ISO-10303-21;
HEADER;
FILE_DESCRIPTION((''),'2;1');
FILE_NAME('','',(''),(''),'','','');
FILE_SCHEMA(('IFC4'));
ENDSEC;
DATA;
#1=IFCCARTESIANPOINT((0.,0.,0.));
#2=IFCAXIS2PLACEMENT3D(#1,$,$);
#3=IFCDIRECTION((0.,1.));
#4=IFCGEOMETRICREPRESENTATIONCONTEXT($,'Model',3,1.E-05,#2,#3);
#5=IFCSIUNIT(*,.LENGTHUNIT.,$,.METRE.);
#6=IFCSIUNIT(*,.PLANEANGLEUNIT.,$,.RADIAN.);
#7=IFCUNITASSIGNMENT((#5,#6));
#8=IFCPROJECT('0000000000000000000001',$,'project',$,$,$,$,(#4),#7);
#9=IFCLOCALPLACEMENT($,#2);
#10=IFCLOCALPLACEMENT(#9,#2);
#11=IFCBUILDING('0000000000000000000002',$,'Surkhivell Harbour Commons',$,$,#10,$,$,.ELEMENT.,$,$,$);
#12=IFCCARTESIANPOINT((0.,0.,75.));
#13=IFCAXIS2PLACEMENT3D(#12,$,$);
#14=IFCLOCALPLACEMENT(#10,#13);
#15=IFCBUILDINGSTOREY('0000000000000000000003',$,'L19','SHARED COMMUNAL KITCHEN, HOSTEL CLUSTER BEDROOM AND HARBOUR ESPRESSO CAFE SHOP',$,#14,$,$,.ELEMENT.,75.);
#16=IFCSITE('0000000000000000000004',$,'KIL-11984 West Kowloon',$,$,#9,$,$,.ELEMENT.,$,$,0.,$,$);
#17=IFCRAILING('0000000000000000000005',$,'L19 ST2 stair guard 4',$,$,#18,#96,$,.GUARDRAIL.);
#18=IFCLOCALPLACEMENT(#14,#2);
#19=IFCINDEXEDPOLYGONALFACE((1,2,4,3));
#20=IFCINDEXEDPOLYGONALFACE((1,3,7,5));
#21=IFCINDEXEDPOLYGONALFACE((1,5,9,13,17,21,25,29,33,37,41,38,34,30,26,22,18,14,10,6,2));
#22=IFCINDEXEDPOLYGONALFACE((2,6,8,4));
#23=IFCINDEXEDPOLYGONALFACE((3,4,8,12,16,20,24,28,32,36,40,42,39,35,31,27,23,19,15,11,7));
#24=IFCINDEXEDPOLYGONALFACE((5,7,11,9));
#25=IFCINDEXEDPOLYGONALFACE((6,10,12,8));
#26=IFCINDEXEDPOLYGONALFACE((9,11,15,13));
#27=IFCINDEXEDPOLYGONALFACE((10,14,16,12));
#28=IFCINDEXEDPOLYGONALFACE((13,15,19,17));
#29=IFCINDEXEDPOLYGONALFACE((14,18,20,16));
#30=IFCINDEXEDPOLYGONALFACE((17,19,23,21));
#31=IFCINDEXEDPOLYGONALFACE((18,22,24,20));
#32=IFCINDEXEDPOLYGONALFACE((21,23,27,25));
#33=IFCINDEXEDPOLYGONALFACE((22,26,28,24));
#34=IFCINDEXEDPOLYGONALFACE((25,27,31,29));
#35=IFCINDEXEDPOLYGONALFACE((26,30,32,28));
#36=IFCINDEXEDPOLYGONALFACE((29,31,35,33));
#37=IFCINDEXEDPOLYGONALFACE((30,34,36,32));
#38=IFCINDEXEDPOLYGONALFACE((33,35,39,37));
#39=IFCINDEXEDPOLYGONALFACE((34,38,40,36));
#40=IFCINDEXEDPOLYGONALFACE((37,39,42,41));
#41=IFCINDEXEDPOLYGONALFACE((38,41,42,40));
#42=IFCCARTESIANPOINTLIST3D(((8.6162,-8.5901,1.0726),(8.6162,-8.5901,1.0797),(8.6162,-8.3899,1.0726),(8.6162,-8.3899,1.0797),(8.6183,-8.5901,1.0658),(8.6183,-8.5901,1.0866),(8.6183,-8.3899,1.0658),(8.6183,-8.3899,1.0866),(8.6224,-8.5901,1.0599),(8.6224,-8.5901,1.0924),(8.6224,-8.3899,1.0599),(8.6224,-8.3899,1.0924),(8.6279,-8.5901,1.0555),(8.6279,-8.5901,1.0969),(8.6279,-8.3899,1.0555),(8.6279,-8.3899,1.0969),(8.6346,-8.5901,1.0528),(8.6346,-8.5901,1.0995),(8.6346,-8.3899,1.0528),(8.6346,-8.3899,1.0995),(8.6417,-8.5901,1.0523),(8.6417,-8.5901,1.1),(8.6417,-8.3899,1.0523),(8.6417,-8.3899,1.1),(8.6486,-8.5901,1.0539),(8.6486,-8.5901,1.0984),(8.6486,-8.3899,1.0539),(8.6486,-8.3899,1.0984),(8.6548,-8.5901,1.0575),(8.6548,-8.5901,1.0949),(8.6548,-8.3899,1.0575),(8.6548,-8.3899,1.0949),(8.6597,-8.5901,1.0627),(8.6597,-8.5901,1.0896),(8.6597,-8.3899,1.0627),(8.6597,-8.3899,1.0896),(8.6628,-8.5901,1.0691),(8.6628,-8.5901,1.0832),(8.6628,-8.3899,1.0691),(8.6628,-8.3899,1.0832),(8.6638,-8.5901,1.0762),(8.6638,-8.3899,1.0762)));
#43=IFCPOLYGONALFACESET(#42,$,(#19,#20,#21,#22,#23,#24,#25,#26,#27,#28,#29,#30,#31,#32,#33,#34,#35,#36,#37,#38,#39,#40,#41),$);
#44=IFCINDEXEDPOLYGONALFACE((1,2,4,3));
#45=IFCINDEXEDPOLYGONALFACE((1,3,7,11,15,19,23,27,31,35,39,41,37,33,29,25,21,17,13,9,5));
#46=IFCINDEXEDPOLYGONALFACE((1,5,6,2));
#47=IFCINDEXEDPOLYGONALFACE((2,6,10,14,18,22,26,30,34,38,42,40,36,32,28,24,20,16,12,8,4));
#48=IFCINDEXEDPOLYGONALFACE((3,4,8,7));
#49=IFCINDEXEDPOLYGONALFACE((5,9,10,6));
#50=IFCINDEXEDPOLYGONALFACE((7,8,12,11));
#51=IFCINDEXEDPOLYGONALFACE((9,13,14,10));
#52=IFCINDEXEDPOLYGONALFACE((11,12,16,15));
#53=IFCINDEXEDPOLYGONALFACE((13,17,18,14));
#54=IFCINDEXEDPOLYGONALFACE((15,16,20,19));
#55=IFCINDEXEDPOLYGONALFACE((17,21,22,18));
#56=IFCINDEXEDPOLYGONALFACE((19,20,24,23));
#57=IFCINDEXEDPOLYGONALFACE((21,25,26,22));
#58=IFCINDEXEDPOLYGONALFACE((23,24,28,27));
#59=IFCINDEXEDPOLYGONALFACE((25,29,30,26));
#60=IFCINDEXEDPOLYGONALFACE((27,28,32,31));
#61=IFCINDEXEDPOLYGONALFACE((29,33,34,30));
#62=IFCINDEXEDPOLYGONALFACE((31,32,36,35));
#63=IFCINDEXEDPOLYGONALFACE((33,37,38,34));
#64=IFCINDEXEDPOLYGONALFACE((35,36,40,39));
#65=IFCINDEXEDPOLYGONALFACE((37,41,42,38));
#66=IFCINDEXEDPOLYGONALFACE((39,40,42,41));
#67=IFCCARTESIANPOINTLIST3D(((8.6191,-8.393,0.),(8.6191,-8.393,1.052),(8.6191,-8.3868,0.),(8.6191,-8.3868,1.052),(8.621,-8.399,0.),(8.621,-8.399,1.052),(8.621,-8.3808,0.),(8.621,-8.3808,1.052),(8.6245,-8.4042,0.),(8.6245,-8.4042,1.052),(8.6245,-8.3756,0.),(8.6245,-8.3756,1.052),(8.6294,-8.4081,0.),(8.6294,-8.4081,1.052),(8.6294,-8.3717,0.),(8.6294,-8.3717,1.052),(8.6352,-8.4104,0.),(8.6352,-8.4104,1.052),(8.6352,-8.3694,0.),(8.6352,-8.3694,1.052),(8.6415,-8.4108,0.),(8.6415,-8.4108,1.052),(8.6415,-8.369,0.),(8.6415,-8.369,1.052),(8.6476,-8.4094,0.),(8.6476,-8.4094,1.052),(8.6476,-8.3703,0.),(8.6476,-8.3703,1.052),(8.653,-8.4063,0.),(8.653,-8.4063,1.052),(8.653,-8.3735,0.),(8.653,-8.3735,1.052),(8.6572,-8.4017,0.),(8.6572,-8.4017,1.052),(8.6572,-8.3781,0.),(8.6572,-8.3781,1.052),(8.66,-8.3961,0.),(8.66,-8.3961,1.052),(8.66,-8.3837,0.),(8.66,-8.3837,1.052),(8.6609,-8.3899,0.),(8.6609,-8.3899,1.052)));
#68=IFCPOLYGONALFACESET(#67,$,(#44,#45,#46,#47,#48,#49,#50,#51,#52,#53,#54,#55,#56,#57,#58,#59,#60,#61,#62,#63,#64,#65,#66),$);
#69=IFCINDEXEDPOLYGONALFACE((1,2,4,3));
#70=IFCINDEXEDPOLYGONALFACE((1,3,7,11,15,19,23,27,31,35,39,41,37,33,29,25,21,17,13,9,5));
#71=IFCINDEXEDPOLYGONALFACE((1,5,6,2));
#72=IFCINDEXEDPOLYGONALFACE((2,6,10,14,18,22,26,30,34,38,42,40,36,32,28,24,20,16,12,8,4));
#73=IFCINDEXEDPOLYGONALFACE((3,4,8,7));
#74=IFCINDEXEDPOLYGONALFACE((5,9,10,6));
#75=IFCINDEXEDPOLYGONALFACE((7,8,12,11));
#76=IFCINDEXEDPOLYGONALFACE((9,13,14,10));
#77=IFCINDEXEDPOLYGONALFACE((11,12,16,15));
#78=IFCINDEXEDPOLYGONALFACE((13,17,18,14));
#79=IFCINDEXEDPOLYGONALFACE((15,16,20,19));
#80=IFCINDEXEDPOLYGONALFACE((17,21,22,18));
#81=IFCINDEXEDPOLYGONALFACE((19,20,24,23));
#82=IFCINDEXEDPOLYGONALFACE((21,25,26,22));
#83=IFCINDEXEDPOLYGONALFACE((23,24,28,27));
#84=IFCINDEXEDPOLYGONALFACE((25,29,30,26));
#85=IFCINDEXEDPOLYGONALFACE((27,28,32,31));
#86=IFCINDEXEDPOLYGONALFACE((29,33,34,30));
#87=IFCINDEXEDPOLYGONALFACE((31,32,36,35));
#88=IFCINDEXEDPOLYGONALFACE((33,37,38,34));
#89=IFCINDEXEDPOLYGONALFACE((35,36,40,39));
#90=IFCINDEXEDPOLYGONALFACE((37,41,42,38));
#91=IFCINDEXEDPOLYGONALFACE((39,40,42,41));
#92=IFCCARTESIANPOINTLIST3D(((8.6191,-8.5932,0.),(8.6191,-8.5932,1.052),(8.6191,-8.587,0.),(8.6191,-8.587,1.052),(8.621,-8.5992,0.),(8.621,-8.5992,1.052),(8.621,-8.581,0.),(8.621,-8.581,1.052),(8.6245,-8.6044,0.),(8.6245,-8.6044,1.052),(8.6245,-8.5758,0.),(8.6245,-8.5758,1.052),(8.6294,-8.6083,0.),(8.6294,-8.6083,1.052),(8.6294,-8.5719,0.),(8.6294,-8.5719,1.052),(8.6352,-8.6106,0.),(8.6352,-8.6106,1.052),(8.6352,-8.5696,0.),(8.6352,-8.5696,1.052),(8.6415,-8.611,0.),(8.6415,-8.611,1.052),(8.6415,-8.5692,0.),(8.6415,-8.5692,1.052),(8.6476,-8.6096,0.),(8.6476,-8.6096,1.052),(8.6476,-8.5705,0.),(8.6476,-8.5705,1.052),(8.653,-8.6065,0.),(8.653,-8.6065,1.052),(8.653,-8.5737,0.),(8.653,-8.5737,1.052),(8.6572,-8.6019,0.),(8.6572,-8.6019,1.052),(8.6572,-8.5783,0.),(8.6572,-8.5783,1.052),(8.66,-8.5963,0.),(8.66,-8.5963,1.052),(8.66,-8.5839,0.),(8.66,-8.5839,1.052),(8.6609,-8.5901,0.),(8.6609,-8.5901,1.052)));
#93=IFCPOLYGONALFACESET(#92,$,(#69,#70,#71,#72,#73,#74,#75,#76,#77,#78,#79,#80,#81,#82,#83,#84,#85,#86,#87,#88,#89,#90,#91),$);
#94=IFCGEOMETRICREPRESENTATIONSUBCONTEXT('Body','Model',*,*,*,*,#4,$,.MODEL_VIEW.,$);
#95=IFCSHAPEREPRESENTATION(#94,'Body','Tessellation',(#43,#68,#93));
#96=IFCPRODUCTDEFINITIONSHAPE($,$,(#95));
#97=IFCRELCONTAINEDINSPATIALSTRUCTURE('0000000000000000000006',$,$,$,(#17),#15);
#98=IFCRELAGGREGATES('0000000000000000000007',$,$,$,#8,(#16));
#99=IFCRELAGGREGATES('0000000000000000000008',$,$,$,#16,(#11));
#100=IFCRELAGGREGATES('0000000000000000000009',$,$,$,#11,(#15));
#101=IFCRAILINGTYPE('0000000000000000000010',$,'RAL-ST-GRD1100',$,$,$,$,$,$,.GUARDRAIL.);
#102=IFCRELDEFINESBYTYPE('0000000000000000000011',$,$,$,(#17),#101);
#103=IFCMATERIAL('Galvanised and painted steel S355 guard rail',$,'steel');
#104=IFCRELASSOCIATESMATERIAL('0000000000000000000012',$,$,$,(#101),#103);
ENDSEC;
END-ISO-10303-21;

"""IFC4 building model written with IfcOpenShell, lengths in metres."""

from ifc_helpers import new_model, si_unit, direction, frame, origin, origin_2d, place, context, subcontext, project, spatial, circle, extrude, material, type_object, element, save


model = new_model("IFC4")

# Units and contexts
model_context = context("Model", 3, precision=1e-05, world=origin(), true_north=direction((0.0, 1.0)))
body_context = subcontext(model_context, "Body", "Model", "MODEL_VIEW")
ifc_project = project(units=[si_unit("LENGTHUNIT", "METRE"), si_unit("PLANEANGLEUNIT", "RADIAN")], contexts=[model_context])

# Site, building, storey
site_placement = place(None, origin())
site = spatial("IfcSite", under=ifc_project, at=site_placement, Name="KIL-11984 West Kowloon", CompositionType="ELEMENT", RefElevation=0.0)
building_placement = place(site_placement, origin())
building = spatial("IfcBuilding", under=site, at=building_placement, Name="Surkhivell Harbour Commons", CompositionType="ELEMENT")
storey_placement = place(building_placement, frame((0.0, 0.0, 75.0)))
storey = spatial("IfcBuildingStorey", under=building, at=storey_placement, Name="L19", Description="SHARED COMMUNAL KITCHEN, HOSTEL CLUSTER BEDROOM AND HARBOUR ESPRESSO CAFE SHOP", CompositionType="ELEMENT", Elevation=75.0)

# Railing
ifc_material_1 = material(Name="Galvanised and painted steel S355 guard rail", Category="steel")
railing_type_1 = type_object("IfcRailingType", Name="RAL-ST-GRD1100", PredefinedType="GUARDRAIL", material=ifc_material_1)
railing_1_placement = place(storey_placement, frame((8.6399, -8.3899, 0.0)))
element("IfcRailing", 1, at=railing_1_placement, inside=storey, type_object=railing_type_1, Name="L19 ST2 stair guard 4", PredefinedType="GUARDRAIL", context=body_context, shape_type="SweptSolid", body=[
    extrude(circle(Radius=0.0239, at=origin_2d()), frame((0.0, 0.0, 1.0762), z_axis=(0.0, -1.0, 0.0), x_axis=(1.0, 0.0, 0.0)), (0.0, 0.0, 1.0), 0.2002),
    extrude(circle(Radius=0.021, at=origin_2d()), origin(), (0.0, 0.0, 1.0), 1.052),
    extrude(circle(Radius=0.021, at=origin_2d()), frame((0.0, -0.2002, 0.0)), (0.0, 0.0, 1.0), 1.052),
])

save(model, "model.ifc")
